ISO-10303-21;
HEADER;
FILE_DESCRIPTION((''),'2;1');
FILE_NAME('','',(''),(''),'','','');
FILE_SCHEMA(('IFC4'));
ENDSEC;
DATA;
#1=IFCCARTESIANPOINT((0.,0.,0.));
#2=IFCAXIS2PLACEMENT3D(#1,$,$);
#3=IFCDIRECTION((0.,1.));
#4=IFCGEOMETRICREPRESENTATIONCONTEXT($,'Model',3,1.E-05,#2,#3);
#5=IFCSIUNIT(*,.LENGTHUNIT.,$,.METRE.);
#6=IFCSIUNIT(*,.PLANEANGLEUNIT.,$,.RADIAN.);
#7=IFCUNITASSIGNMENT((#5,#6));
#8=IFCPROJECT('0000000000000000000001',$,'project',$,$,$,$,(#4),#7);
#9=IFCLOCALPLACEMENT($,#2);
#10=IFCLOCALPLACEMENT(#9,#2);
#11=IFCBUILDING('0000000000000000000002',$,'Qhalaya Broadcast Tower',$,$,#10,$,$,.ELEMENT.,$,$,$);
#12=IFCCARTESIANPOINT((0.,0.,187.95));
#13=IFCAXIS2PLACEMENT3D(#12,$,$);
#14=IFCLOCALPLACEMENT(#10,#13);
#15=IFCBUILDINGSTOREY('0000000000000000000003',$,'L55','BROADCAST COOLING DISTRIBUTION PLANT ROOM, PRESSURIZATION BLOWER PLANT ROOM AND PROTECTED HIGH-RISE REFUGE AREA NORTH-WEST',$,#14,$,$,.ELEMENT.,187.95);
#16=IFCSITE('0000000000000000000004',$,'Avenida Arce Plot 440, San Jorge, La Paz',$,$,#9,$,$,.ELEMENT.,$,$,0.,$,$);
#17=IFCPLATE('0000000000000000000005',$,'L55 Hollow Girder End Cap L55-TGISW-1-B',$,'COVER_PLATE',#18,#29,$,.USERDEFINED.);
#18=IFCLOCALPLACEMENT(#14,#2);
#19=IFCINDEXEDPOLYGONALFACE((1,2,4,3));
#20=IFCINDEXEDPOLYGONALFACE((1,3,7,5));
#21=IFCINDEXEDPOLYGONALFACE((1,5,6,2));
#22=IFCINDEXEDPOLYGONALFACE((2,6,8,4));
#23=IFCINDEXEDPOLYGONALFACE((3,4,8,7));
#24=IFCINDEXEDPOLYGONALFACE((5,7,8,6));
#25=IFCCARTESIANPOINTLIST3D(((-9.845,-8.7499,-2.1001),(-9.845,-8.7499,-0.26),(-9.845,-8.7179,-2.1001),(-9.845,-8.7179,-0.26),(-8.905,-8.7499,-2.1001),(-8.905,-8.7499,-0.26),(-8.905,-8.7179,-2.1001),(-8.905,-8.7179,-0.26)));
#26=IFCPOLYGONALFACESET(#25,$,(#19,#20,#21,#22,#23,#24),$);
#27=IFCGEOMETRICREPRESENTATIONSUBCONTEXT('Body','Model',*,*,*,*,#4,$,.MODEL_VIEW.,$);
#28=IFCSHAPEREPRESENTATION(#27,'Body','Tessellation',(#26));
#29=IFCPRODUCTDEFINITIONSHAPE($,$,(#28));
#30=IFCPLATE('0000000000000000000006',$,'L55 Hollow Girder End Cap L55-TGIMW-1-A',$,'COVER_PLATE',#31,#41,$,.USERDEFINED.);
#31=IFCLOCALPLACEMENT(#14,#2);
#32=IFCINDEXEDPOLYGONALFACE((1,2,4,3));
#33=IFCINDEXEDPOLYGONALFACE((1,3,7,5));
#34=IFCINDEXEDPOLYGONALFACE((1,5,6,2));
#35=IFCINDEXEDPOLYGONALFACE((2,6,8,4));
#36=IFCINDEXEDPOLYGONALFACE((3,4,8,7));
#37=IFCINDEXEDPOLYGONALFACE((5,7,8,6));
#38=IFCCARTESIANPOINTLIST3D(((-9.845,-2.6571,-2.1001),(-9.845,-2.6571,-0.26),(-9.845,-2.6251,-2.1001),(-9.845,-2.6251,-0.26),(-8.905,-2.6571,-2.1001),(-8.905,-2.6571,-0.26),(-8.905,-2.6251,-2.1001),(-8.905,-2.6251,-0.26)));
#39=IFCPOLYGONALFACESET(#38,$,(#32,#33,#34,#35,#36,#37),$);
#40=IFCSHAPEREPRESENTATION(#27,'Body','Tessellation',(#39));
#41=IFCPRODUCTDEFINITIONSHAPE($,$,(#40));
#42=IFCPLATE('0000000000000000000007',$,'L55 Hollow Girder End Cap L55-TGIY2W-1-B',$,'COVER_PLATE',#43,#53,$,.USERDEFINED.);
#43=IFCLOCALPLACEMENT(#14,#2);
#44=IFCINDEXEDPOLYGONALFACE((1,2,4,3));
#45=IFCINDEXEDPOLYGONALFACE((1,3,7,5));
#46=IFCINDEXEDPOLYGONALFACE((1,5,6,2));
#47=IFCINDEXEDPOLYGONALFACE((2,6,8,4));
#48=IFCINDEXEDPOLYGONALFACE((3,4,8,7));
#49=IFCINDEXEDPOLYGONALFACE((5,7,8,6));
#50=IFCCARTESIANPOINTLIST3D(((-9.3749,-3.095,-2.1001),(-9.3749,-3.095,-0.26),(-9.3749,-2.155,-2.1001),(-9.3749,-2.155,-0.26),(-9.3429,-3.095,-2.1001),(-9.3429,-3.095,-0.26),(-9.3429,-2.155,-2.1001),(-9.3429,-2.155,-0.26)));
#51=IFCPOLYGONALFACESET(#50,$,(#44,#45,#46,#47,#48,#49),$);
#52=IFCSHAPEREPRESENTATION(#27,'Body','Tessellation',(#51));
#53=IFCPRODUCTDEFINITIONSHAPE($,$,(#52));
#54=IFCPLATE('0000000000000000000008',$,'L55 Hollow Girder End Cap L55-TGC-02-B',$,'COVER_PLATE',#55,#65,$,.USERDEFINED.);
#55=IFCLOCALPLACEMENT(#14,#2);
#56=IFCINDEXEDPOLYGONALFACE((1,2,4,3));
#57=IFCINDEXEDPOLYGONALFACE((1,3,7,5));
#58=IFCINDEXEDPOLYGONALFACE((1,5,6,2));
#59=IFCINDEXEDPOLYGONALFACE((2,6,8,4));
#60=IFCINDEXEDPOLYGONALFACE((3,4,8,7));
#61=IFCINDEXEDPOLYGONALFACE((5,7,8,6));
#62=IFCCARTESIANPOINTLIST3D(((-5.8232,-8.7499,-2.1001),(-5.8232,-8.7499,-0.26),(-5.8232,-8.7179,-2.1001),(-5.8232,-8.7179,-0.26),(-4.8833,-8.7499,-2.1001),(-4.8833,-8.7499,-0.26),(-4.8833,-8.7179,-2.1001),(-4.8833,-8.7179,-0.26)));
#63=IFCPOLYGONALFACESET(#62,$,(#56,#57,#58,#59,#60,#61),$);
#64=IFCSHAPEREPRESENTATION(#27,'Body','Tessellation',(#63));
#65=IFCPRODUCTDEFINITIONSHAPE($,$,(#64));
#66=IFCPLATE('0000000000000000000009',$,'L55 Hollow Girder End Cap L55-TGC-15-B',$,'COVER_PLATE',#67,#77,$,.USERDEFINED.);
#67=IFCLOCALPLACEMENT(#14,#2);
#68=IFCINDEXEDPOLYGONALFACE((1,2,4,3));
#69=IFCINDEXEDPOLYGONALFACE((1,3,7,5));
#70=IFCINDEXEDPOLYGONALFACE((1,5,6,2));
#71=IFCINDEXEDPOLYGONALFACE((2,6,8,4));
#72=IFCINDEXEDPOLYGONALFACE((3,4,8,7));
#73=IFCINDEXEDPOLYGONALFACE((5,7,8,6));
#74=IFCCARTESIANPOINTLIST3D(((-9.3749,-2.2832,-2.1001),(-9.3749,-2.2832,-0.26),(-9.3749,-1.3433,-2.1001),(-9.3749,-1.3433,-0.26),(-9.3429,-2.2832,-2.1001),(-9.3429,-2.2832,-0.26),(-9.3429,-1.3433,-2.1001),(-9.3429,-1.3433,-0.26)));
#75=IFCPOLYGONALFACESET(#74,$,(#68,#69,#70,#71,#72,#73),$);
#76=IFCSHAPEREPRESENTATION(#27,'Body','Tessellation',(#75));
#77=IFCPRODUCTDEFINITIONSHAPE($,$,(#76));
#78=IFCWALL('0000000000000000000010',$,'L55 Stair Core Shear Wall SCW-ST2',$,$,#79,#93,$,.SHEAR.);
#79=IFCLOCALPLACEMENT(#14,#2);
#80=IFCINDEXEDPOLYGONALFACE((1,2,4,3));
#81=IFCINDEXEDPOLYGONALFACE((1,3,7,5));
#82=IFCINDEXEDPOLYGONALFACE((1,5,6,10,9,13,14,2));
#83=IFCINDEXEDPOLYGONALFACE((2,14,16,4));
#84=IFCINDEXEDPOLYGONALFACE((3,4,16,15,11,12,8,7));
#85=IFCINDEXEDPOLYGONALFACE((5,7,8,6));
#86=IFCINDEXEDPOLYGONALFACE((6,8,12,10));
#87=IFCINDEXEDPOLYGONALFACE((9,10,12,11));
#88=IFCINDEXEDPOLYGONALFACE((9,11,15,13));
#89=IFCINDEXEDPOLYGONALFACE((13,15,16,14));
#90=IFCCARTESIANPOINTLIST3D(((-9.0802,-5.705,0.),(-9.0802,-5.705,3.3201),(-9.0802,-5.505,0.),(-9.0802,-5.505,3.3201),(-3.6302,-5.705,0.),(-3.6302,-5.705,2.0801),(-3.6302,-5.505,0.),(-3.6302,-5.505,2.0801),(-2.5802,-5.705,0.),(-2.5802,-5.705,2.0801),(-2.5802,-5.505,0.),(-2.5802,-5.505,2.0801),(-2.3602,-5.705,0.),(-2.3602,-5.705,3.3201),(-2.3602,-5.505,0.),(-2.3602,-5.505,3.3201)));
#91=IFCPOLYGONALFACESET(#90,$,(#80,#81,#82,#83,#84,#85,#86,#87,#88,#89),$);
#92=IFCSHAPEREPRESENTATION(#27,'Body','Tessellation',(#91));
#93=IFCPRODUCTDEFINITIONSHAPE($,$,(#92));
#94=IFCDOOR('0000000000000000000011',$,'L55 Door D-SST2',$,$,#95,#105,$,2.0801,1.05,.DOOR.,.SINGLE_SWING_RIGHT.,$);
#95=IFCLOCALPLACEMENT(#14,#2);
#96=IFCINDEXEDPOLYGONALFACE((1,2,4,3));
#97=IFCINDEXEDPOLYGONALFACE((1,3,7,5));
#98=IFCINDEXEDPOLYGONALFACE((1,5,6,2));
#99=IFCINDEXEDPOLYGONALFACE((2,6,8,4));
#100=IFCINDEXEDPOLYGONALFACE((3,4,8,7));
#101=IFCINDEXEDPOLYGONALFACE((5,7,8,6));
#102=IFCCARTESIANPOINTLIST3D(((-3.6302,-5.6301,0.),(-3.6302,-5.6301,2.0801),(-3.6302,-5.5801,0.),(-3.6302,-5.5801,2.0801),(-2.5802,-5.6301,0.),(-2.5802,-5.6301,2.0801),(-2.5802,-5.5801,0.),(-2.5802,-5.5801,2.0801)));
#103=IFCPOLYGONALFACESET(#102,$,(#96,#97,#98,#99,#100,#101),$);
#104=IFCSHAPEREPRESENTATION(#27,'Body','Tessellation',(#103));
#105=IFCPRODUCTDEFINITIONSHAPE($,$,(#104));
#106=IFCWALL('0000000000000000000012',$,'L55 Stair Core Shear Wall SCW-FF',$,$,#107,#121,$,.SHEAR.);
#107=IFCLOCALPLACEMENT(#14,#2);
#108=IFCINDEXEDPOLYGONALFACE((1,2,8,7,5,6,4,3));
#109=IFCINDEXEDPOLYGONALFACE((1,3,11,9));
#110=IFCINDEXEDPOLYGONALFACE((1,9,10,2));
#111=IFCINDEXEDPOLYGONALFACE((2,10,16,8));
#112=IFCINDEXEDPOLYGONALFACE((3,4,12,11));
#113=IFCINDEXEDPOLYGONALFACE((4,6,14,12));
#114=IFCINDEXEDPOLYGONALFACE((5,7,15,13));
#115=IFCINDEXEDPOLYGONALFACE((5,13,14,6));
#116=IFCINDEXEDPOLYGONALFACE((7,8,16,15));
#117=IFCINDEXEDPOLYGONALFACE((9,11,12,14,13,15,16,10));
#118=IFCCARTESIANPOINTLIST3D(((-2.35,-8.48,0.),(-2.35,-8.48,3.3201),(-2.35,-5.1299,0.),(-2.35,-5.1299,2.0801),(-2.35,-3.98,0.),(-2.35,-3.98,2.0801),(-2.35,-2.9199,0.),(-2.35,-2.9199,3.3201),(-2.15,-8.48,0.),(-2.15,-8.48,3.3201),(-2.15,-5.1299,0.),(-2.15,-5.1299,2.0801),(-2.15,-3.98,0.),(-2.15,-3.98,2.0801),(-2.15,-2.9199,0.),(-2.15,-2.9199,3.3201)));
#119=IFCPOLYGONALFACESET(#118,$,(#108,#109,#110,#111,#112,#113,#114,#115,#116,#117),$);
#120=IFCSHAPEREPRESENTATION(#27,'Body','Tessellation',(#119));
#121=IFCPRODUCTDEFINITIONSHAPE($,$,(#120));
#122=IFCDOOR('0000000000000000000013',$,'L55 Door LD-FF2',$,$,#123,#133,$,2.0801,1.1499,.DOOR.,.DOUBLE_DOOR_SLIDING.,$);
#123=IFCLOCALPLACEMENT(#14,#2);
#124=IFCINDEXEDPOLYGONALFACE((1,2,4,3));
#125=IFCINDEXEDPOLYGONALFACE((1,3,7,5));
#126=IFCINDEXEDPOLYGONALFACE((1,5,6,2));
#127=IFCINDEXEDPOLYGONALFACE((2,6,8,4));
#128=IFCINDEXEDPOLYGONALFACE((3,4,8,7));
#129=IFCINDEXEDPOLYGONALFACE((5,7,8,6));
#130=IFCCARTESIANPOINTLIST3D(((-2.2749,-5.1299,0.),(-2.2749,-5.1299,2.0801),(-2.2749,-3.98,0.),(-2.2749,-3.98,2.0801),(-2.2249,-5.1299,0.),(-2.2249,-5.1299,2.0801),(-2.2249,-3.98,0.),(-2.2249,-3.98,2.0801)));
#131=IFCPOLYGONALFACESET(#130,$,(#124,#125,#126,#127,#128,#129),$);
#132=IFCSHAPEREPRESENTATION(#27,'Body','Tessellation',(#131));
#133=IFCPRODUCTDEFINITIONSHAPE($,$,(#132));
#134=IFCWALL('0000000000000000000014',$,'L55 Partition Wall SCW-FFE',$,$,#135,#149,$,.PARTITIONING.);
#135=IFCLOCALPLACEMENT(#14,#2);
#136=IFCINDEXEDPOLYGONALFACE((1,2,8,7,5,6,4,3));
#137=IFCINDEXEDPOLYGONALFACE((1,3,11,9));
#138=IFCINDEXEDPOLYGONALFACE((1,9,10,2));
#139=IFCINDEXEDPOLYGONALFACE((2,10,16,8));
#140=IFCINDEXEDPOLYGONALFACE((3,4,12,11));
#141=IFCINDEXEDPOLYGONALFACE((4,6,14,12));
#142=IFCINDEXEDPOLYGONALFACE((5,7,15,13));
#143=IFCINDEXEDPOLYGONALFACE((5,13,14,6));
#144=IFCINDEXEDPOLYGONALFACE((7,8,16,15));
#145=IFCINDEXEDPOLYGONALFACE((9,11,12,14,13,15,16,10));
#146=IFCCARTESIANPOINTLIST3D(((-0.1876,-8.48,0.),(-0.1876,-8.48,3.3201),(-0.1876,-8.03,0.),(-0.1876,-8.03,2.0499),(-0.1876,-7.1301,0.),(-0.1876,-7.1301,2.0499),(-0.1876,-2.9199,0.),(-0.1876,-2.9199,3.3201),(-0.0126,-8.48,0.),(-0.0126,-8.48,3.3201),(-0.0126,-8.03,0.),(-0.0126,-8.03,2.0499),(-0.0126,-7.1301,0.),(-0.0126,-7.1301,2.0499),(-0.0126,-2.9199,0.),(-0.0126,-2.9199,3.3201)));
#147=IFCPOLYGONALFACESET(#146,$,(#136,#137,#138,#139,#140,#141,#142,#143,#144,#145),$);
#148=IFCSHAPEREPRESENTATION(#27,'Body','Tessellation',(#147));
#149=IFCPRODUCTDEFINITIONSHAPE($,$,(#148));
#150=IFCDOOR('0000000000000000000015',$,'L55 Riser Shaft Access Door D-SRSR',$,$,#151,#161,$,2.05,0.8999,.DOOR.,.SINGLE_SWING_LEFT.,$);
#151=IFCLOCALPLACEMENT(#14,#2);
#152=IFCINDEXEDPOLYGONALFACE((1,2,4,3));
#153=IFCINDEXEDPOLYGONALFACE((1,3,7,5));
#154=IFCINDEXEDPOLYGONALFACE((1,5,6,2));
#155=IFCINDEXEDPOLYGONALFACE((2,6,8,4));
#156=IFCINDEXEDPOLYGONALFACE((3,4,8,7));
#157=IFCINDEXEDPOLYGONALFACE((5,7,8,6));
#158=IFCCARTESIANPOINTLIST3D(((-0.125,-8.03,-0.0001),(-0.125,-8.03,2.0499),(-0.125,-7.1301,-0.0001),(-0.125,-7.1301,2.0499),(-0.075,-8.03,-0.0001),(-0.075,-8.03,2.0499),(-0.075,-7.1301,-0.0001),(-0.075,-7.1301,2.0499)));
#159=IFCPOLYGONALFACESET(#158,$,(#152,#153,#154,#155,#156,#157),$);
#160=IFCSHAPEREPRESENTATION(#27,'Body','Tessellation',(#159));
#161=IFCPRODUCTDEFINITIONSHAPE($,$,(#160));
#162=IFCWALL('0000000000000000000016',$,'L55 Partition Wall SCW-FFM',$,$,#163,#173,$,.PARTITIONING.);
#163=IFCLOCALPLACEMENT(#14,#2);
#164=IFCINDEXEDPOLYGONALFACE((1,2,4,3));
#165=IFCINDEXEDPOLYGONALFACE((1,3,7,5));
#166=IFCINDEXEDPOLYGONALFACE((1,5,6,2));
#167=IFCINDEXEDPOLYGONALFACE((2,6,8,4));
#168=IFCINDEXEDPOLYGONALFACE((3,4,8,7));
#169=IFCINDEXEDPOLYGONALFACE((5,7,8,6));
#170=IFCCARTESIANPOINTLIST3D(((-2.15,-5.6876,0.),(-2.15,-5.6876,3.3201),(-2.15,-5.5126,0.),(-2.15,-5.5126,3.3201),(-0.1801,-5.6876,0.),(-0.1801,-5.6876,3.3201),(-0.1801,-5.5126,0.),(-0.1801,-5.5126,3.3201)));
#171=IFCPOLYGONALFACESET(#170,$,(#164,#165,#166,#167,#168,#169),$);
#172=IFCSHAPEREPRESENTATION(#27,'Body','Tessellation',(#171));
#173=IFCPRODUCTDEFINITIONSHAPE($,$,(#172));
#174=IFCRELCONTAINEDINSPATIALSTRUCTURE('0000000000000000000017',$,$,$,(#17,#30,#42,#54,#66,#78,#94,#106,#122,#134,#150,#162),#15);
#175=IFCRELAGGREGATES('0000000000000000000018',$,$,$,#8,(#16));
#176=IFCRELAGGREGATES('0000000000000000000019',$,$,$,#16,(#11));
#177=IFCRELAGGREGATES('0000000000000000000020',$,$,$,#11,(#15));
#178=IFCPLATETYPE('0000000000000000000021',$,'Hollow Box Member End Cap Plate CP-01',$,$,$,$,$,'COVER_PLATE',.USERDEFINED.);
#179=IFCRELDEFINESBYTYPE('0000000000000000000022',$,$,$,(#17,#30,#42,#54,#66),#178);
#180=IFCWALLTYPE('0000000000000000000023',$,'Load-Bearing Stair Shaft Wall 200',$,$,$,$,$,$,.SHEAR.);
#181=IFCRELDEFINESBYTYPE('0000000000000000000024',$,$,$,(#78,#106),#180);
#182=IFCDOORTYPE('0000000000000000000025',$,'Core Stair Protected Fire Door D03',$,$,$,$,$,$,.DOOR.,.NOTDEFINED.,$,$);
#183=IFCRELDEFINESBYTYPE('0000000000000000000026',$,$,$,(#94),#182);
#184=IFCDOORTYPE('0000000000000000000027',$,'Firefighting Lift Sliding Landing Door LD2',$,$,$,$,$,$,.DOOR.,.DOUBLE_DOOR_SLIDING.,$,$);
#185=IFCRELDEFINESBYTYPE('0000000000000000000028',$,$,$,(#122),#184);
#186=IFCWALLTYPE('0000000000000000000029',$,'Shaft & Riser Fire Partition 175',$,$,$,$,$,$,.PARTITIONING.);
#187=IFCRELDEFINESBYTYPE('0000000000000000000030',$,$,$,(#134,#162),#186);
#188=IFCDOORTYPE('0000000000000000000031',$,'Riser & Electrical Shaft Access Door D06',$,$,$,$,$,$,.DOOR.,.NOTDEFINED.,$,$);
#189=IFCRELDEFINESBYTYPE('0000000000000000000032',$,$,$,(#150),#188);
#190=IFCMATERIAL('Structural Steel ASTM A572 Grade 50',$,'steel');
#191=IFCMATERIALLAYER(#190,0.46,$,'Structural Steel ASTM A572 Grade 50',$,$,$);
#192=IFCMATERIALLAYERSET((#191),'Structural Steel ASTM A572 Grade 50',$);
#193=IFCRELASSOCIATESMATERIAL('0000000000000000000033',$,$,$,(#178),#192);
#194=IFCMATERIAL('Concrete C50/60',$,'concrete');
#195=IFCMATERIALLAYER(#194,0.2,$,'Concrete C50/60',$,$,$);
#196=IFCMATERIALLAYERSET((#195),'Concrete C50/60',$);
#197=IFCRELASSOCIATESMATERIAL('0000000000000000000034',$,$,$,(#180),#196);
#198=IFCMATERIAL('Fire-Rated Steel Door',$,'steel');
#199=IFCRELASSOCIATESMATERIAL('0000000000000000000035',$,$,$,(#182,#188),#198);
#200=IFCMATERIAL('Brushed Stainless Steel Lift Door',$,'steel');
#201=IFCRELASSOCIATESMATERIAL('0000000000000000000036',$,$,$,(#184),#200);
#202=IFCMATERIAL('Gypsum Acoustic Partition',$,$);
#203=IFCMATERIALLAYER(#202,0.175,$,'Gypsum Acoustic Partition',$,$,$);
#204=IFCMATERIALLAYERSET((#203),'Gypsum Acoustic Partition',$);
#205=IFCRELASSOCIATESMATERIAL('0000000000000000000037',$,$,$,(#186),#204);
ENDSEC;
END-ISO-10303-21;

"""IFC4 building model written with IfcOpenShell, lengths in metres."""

from ifc_helpers import new_model, si_unit, direction, frame, frame_2d, origin, origin_2d, place, context, subcontext, project, spatial, rectangle, extrude, material, layer, layer_set, type_object, element, fill, save


model = new_model("IFC4")

# Units and contexts
model_context = context("Model", 3, precision=1e-05, world=origin(), true_north=direction((0.0, 1.0)))
body_context = subcontext(model_context, "Body", "Model", "MODEL_VIEW")
ifc_project = project(units=[si_unit("LENGTHUNIT", "METRE"), si_unit("PLANEANGLEUNIT", "RADIAN")], contexts=[model_context])

# Site, building, storey
site_placement = place(None, origin())
site = spatial("IfcSite", under=ifc_project, at=site_placement, Name="Avenida Arce Plot 440, San Jorge, La Paz", CompositionType="ELEMENT", RefElevation=0.0)
building_placement = place(site_placement, origin())
building = spatial("IfcBuilding", under=site, at=building_placement, Name="Qhalaya Broadcast Tower", CompositionType="ELEMENT")
storey_placement = place(building_placement, frame((0.0, 0.0, 187.95)))
storey = spatial("IfcBuildingStorey", under=building, at=storey_placement, Name="L55", Description="BROADCAST COOLING DISTRIBUTION PLANT ROOM, PRESSURIZATION BLOWER PLANT ROOM AND PROTECTED HIGH-RISE REFUGE AREA NORTH-WEST", CompositionType="ELEMENT", Elevation=187.95)

# Shared definitions
ifc_material_1 = material(Name="Concrete C50/60", Category="concrete")

# Shared definitions
ifc_material_2 = material(Name="Structural Steel ASTM A572 Grade 50", Category="steel")

# Plates
ifc_layer_1 = layer(ifc_material_2, 0.46, Name="Structural Steel ASTM A572 Grade 50")
ifc_layer_set_1 = layer_set([ifc_layer_1], Name="Structural Steel ASTM A572 Grade 50")
plate_type = type_object("IfcPlateType", Name="Hollow Box Member End Cap Plate CP-01", ElementType="COVER_PLATE", PredefinedType="USERDEFINED", material=ifc_layer_set_1)
for number, where, z_axis, x_axis, name in (
    (1, (-9.375, -8.7339, -2.1001), (0.0, 0.0, 1.0), (-1.0, 0.0, 0.0), "L55 Hollow Girder End Cap L55-TGISW-1-B"),
    (2, (-9.375, -2.6411, -2.1001), (0.0, 0.0, 1.0), (-1.0, 0.0, 0.0), "L55 Hollow Girder End Cap L55-TGIMW-1-A"),
    (3, (-9.3589, -2.625, -2.1001), (0.0, 0.0, 1.0), (0.0, 1.0, 0.0), "L55 Hollow Girder End Cap L55-TGIY2W-1-B"),
    (4, (-5.3533, -8.7339, -2.1001), (0.0, 0.0, 1.0), (-1.0, 0.0, 0.0), "L55 Hollow Girder End Cap L55-TGC-02-B"),
    (5, (-9.3589, -1.8132, -2.1001), (0.0, 0.0, 1.0), (0.0, 1.0, 0.0), "L55 Hollow Girder End Cap L55-TGC-15-B"),
):
    element("IfcPlate", number, at=place(storey_placement, frame(where, z_axis=z_axis, x_axis=x_axis)), inside=storey, type_object=plate_type, Name=name, ObjectType="COVER_PLATE", PredefinedType="USERDEFINED", context=body_context, shape_type="SweptSolid", body=[
        extrude(rectangle(XDim=0.9399, YDim=0.032, at=origin_2d()), origin(), (0.0, 0.0, 1.0), 1.8401),
    ])

# Walls, openings, doors
ifc_layer_2 = layer(ifc_material_1, 0.2, Name="Concrete C50/60")
ifc_layer_set_2 = layer_set([ifc_layer_2], Name="Concrete C50/60")
wall_type_1 = type_object("IfcWallType", Name="Load-Bearing Stair Shaft Wall 200", PredefinedType="SHEAR", material=ifc_layer_set_2)
wall_1_placement = place(storey_placement, frame((-9.0801, -5.605, 0.0), z_axis=(0.0, 0.0, 1.0), x_axis=(1.0, 0.0, 0.0)))
wall_1 = element("IfcWall", 6, at=wall_1_placement, inside=storey, type_object=wall_type_1, Name="L55 Stair Core Shear Wall SCW-ST2", PredefinedType="SHEAR", context=body_context, shape_type="SweptSolid", body=[
    extrude(rectangle(XDim=6.72, YDim=0.2, at=frame_2d((3.3599, 0.0))), origin(), (0.0, 0.0, 1.0), 3.3201),
])
opening_1_placement = place(wall_1_placement, frame((5.45, 0.0, 0.0)))
opening_1 = element("IfcOpeningElement", 7, at=opening_1_placement, cuts=wall_1, PredefinedType="OPENING", context=body_context, shape_type="SweptSolid", body=[
    extrude(rectangle(XDim=1.05, YDim=2.0801, at=frame_2d((0.5249, 1.04))), frame((0.0, 0.1121, 0.0), z_axis=(0.0, -1.0, 0.0), x_axis=(1.0, 0.0, 0.0)), (0.0, 0.0, 1.0), 0.2239),
])
ifc_material_3 = material(Name="Fire-Rated Steel Door", Category="steel")
door_type_1 = type_object("IfcDoorType", Name="Core Stair Protected Fire Door D03", OperationType="NOTDEFINED", PredefinedType="DOOR", material=ifc_material_3)
door_1_placement = place(opening_1_placement, origin())
door_1 = element("IfcDoor", 8, at=door_1_placement, inside=storey, type_object=door_type_1, Name="L55 Door D-SST2", OperationType="SINGLE_SWING_RIGHT", OverallHeight=2.0801, OverallWidth=1.05, PredefinedType="DOOR", context=body_context, shape_type="SweptSolid", body=[
    extrude(rectangle(XDim=1.05, YDim=2.0801, at=frame_2d((0.5249, 1.04))), frame((0.0, 0.0249, 0.0), z_axis=(0.0, -1.0, 0.0), x_axis=(1.0, 0.0, 0.0)), (0.0, 0.0, 1.0), 0.05),
])
fill(opening_1, door_1)
wall_2_placement = place(storey_placement, frame((-2.25, -8.48, 0.0), z_axis=(0.0, 0.0, 1.0), x_axis=(0.0, 1.0, 0.0)))
wall_2 = element("IfcWall", 9, at=wall_2_placement, inside=storey, type_object=wall_type_1, Name="L55 Stair Core Shear Wall SCW-FF", PredefinedType="SHEAR", context=body_context, shape_type="SweptSolid", body=[
    extrude(rectangle(XDim=5.5601, YDim=0.2, at=frame_2d((2.78, 0.0))), origin(), (0.0, 0.0, 1.0), 3.3201),
])
opening_2_placement = place(wall_2_placement, frame((3.3501, 0.0, 0.0)))
opening_2 = element("IfcOpeningElement", 10, at=opening_2_placement, cuts=wall_2, PredefinedType="OPENING", context=body_context, shape_type="SweptSolid", body=[
    extrude(rectangle(XDim=1.1499, YDim=2.0801, at=frame_2d((0.575, 1.04))), frame((0.0, 0.1121, 0.0), z_axis=(0.0, -1.0, 0.0), x_axis=(1.0, 0.0, 0.0)), (0.0, 0.0, 1.0), 0.2239),
])
ifc_material_4 = material(Name="Brushed Stainless Steel Lift Door", Category="steel")
door_type_2 = type_object("IfcDoorType", Name="Firefighting Lift Sliding Landing Door LD2", OperationType="DOUBLE_DOOR_SLIDING", PredefinedType="DOOR", material=ifc_material_4)
door_2_placement = place(opening_2_placement, origin())
door_2 = element("IfcDoor", 11, at=door_2_placement, inside=storey, type_object=door_type_2, Name="L55 Door LD-FF2", OperationType="DOUBLE_DOOR_SLIDING", OverallHeight=2.0801, OverallWidth=1.1499, PredefinedType="DOOR", context=body_context, shape_type="SweptSolid", body=[
    extrude(rectangle(XDim=1.1499, YDim=2.0801, at=frame_2d((0.575, 1.04))), frame((0.0, 0.0249, 0.0), z_axis=(0.0, -1.0, 0.0), x_axis=(1.0, 0.0, 0.0)), (0.0, 0.0, 1.0), 0.05),
])
fill(opening_2, door_2)
ifc_material_5 = material(Name="Gypsum Acoustic Partition")
ifc_layer_3 = layer(ifc_material_5, 0.175, Name="Gypsum Acoustic Partition")
ifc_layer_set_3 = layer_set([ifc_layer_3], Name="Gypsum Acoustic Partition")
wall_type_2 = type_object("IfcWallType", Name="Shaft & Riser Fire Partition 175", PredefinedType="PARTITIONING", material=ifc_layer_set_3)
wall_3_placement = place(storey_placement, frame((-0.1001, -8.48, 0.0), z_axis=(0.0, 0.0, 1.0), x_axis=(0.0, 1.0, 0.0)))
wall_3 = element("IfcWall", 12, at=wall_3_placement, inside=storey, type_object=wall_type_2, Name="L55 Partition Wall SCW-FFE", PredefinedType="PARTITIONING", context=body_context, shape_type="SweptSolid", body=[
    extrude(rectangle(XDim=5.5601, YDim=0.175, at=frame_2d((2.78, 0.0))), origin(), (0.0, 0.0, 1.0), 3.3201),
])
opening_3_placement = place(wall_3_placement, frame((0.45, 0.0, 0.0)))
opening_3 = element("IfcOpeningElement", 13, at=opening_3_placement, cuts=wall_3, PredefinedType="OPENING", context=body_context, shape_type="SweptSolid", body=[
    extrude(rectangle(XDim=0.8999, YDim=2.05, at=frame_2d((0.45, 1.0249))), frame((0.0, 0.0996, 0.0), z_axis=(0.0, -1.0, 0.0), x_axis=(1.0, 0.0, 0.0)), (0.0, 0.0, 1.0), 0.199),
])
door_type_3 = type_object("IfcDoorType", Name="Riser & Electrical Shaft Access Door D06", OperationType="NOTDEFINED", PredefinedType="DOOR", material=ifc_material_3)
door_3_placement = place(opening_3_placement, origin())
door_3 = element("IfcDoor", 14, at=door_3_placement, inside=storey, type_object=door_type_3, Name="L55 Riser Shaft Access Door D-SRSR", OperationType="SINGLE_SWING_LEFT", OverallHeight=2.05, OverallWidth=0.8999, PredefinedType="DOOR", context=body_context, shape_type="SweptSolid", body=[
    extrude(rectangle(XDim=0.8999, YDim=2.05, at=frame_2d((0.45, 1.0249))), frame((0.0, 0.0249, 0.0), z_axis=(0.0, -1.0, 0.0), x_axis=(1.0, 0.0, 0.0)), (0.0, 0.0, 1.0), 0.05),
])
fill(opening_3, door_3)

# Wall
wall_4_placement = place(storey_placement, frame((-2.1499, -5.6001, 0.0), z_axis=(0.0, 0.0, 1.0), x_axis=(1.0, 0.0, 0.0)))
element("IfcWall", 15, at=wall_4_placement, inside=storey, type_object=wall_type_2, Name="L55 Partition Wall SCW-FFM", PredefinedType="PARTITIONING", context=body_context, shape_type="SweptSolid", body=[
    extrude(rectangle(XDim=1.97, YDim=0.175, at=frame_2d((0.9849, 0.0))), origin(), (0.0, 0.0, 1.0), 3.3201),
])

save(model, "model.ifc")
